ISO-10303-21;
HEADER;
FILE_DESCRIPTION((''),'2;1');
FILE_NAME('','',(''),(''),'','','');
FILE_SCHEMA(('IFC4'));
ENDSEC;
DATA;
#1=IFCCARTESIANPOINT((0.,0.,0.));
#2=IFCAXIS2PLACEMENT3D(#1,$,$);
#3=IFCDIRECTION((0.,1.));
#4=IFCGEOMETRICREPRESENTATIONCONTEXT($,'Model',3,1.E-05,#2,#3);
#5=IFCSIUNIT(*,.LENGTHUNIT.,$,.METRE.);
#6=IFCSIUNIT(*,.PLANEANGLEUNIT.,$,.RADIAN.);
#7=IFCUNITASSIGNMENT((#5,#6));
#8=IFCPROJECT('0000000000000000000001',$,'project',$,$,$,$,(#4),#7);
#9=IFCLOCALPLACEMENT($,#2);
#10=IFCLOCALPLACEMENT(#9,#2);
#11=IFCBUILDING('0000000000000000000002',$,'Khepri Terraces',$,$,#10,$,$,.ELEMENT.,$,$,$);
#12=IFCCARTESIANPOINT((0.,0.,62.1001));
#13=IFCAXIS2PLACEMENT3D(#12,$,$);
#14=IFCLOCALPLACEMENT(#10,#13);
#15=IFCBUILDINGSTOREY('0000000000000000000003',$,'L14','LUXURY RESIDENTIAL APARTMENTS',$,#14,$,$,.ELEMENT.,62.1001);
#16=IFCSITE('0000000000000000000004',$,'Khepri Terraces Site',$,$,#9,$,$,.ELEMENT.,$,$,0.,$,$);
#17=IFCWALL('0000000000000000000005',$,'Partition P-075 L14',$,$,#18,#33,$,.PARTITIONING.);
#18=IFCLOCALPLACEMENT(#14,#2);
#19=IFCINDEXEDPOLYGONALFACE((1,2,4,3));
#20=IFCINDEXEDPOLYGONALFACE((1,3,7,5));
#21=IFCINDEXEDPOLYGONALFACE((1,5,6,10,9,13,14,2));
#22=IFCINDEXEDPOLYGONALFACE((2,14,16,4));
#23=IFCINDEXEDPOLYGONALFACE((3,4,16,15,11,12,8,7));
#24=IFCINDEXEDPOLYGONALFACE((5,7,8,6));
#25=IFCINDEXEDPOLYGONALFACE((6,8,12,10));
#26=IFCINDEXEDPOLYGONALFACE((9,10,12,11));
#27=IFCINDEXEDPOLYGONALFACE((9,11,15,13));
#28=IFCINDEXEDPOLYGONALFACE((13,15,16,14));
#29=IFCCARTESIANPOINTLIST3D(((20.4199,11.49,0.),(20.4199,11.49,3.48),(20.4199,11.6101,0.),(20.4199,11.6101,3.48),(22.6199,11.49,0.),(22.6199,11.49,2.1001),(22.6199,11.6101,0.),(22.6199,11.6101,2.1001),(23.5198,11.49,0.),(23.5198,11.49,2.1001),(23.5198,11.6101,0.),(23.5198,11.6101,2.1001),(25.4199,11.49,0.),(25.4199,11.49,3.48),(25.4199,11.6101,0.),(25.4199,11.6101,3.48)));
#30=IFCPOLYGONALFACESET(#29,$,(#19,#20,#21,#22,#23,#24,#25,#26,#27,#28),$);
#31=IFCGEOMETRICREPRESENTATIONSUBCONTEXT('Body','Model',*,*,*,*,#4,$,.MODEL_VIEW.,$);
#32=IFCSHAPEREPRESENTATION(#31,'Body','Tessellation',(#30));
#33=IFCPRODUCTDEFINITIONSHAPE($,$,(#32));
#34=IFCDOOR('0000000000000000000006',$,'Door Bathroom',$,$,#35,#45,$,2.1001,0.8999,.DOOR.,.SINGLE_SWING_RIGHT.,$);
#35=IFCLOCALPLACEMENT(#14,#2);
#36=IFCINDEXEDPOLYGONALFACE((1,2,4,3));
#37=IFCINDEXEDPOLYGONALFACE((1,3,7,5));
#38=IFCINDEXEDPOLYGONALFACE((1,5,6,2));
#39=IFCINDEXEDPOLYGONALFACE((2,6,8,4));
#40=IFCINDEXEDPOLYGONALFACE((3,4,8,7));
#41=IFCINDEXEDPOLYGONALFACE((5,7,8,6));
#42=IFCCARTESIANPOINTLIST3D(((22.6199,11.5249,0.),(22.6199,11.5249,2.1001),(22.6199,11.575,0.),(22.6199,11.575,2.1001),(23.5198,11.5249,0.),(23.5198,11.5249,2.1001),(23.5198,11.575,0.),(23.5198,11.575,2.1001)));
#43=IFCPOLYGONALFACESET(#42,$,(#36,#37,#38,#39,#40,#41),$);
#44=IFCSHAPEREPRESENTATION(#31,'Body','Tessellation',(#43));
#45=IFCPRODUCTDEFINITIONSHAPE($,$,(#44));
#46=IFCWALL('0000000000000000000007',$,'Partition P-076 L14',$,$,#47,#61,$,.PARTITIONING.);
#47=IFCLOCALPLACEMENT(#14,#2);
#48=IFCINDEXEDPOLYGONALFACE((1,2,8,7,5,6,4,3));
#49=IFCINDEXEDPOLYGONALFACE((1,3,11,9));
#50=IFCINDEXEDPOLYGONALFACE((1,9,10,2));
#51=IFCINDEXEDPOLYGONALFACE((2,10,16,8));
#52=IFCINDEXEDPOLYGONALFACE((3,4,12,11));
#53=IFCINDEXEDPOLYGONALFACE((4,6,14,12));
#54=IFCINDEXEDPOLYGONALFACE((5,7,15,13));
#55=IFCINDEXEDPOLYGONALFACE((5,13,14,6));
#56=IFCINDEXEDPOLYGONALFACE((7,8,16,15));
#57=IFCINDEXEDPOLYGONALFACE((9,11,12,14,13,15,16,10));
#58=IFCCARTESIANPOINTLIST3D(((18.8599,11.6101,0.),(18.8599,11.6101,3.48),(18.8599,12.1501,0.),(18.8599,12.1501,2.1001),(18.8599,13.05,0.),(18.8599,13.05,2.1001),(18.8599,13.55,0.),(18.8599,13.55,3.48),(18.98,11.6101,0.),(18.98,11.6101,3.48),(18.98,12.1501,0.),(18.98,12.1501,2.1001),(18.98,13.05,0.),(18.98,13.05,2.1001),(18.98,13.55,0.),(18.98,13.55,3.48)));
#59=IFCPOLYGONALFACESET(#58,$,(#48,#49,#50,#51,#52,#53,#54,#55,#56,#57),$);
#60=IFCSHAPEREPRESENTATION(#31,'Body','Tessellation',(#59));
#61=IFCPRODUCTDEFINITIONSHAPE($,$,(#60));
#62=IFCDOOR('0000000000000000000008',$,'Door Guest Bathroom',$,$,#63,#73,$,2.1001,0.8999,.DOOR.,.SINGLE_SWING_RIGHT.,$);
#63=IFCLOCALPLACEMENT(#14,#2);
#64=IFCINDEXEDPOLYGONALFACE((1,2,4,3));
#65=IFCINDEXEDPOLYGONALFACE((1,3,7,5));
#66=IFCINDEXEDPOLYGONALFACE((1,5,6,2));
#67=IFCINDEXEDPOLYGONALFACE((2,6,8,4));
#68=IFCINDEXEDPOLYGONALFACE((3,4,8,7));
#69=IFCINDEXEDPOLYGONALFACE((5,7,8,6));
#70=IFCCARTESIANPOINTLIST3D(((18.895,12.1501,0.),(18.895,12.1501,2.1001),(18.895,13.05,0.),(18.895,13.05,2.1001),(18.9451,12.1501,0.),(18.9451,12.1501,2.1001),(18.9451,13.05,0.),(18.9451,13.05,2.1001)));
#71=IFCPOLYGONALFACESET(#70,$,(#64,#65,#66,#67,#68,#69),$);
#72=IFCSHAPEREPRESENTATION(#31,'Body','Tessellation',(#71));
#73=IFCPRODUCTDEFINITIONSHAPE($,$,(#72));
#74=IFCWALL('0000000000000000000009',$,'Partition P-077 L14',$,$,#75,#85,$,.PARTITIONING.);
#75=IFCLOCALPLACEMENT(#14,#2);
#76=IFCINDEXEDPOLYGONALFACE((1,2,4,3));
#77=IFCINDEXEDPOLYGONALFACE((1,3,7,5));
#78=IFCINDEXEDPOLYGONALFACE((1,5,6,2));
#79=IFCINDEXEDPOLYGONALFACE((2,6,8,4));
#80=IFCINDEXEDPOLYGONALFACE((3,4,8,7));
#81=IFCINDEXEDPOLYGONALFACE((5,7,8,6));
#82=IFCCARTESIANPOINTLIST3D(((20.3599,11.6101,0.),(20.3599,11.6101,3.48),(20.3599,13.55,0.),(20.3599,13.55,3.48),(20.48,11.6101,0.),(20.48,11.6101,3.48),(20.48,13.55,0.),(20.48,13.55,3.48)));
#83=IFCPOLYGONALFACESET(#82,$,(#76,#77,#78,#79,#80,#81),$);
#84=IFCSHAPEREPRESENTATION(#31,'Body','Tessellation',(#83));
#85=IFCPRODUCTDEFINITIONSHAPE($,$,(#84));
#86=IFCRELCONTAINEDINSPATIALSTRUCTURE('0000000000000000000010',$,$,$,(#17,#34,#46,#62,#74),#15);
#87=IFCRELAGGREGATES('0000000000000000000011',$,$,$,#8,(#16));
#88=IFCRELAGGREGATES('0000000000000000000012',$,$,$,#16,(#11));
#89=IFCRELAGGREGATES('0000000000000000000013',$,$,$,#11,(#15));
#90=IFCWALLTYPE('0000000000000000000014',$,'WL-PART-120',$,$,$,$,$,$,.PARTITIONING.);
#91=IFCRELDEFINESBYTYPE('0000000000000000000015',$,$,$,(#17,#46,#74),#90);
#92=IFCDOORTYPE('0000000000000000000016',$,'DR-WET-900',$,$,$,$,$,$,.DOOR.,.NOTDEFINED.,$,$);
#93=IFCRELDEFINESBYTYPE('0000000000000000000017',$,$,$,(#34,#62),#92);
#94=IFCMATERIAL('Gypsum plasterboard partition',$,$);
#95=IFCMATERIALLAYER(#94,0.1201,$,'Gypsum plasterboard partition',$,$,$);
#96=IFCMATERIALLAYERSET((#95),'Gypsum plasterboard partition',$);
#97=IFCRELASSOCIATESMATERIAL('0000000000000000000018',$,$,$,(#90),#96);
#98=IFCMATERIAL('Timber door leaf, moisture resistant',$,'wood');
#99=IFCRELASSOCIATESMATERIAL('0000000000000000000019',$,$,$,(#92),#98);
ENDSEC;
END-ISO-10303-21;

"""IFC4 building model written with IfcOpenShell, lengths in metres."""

from ifc_helpers import new_model, si_unit, direction, frame, frame_2d, origin, place, context, subcontext, project, spatial, rectangle, extrude, material, layer, layer_set, type_object, element, fill, save


model = new_model("IFC4")

# Units and contexts
model_context = context("Model", 3, precision=1e-05, world=origin(), true_north=direction((0.0, 1.0)))
body_context = subcontext(model_context, "Body", "Model", "MODEL_VIEW")
ifc_project = project(units=[si_unit("LENGTHUNIT", "METRE"), si_unit("PLANEANGLEUNIT", "RADIAN")], contexts=[model_context])

# Site, building, storey
site_placement = place(None, origin())
site = spatial("IfcSite", under=ifc_project, at=site_placement, Name="Khepri Terraces Site", CompositionType="ELEMENT", RefElevation=0.0)
building_placement = place(site_placement, origin())
building = spatial("IfcBuilding", under=site, at=building_placement, Name="Khepri Terraces", CompositionType="ELEMENT")
storey_placement = place(building_placement, frame((0.0, 0.0, 62.1001)))
storey = spatial("IfcBuildingStorey", under=building, at=storey_placement, Name="L14", Description="LUXURY RESIDENTIAL APARTMENTS", CompositionType="ELEMENT", Elevation=62.1001)

# Shared definitions
ifc_material_1 = material(Name="Gypsum plasterboard partition")
ifc_layer_1 = layer(ifc_material_1, 0.1201, Name="Gypsum plasterboard partition")
ifc_layer_set_1 = layer_set([ifc_layer_1], Name="Gypsum plasterboard partition")
wall_type_1 = type_object("IfcWallType", Name="WL-PART-120", PredefinedType="PARTITIONING", material=ifc_layer_set_1)
ifc_material_2 = material(Name="Timber door leaf, moisture resistant", Category="wood")
door_type_1 = type_object("IfcDoorType", Name="DR-WET-900", OperationType="NOTDEFINED", PredefinedType="DOOR", material=ifc_material_2)

# Walls, openings, doors
wall_1_placement = place(storey_placement, frame((20.4199, 11.55, 0.0), z_axis=(0.0, 0.0, 1.0), x_axis=(1.0, 0.0, 0.0)))
wall_1 = element("IfcWall", 1, at=wall_1_placement, inside=storey, type_object=wall_type_1, Name="Partition P-075 L14", PredefinedType="PARTITIONING", context=body_context, shape_type="SweptSolid", body=[
    extrude(rectangle(XDim=5.0, YDim=0.1201, at=frame_2d((2.5, 0.0))), origin(), (0.0, 0.0, 1.0), 3.48),
])
opening_1_placement = place(wall_1_placement, frame((2.2, 0.0, 0.0)))
opening_1 = element("IfcOpeningElement", 2, at=opening_1_placement, cuts=wall_1, PredefinedType="OPENING", context=body_context, shape_type="SweptSolid", body=[
    extrude(rectangle(XDim=0.8999, YDim=2.1001, at=frame_2d((0.45, 1.05))), frame((0.0, 0.0701, 0.0), z_axis=(0.0, -1.0, 0.0), x_axis=(1.0, 0.0, 0.0)), (0.0, 0.0, 1.0), 0.1401),
])
door_1_placement = place(opening_1_placement, origin())
door_1 = element("IfcDoor", 3, at=door_1_placement, inside=storey, type_object=door_type_1, Name="Door Bathroom", OperationType="SINGLE_SWING_RIGHT", OverallHeight=2.1001, OverallWidth=0.8999, PredefinedType="DOOR", context=body_context, shape_type="SweptSolid", body=[
    extrude(rectangle(XDim=0.8999, YDim=2.1001, at=frame_2d((0.45, 1.05))), frame((0.0, 0.0249, 0.0), z_axis=(0.0, -1.0, 0.0), x_axis=(1.0, 0.0, 0.0)), (0.0, 0.0, 1.0), 0.05),
])
fill(opening_1, door_1)
wall_2_placement = place(storey_placement, frame((18.9199, 11.6101, 0.0), z_axis=(0.0, 0.0, 1.0), x_axis=(0.0, 1.0, 0.0)))
wall_2 = element("IfcWall", 4, at=wall_2_placement, inside=storey, type_object=wall_type_1, Name="Partition P-076 L14", PredefinedType="PARTITIONING", context=body_context, shape_type="SweptSolid", body=[
    extrude(rectangle(XDim=1.9399, YDim=0.1201, at=frame_2d((0.97, 0.0))), origin(), (0.0, 0.0, 1.0), 3.48),
])
opening_2_placement = place(wall_2_placement, frame((0.54, 0.0, 0.0)))
opening_2 = element("IfcOpeningElement", 5, at=opening_2_placement, cuts=wall_2, PredefinedType="OPENING", context=body_context, shape_type="SweptSolid", body=[
    extrude(rectangle(XDim=0.8999, YDim=2.1001, at=frame_2d((0.45, 1.05))), frame((0.0, 0.0701, 0.0), z_axis=(0.0, -1.0, 0.0), x_axis=(1.0, 0.0, 0.0)), (0.0, 0.0, 1.0), 0.1401),
])
door_2_placement = place(opening_2_placement, origin())
door_2 = element("IfcDoor", 6, at=door_2_placement, inside=storey, type_object=door_type_1, Name="Door Guest Bathroom", OperationType="SINGLE_SWING_RIGHT", OverallHeight=2.1001, OverallWidth=0.8999, PredefinedType="DOOR", context=body_context, shape_type="SweptSolid", body=[
    extrude(rectangle(XDim=0.8999, YDim=2.1001, at=frame_2d((0.45, 1.05))), frame((0.0, 0.0249, 0.0), z_axis=(0.0, -1.0, 0.0), x_axis=(1.0, 0.0, 0.0)), (0.0, 0.0, 1.0), 0.05),
])
fill(opening_2, door_2)

# Wall
wall_3_placement = place(storey_placement, frame((20.4199, 11.6101, 0.0), z_axis=(0.0, 0.0, 1.0), x_axis=(0.0, 1.0, 0.0)))
element("IfcWall", 7, at=wall_3_placement, inside=storey, type_object=wall_type_1, Name="Partition P-077 L14", PredefinedType="PARTITIONING", context=body_context, shape_type="SweptSolid", body=[
    extrude(rectangle(XDim=1.9399, YDim=0.1201, at=frame_2d((0.97, 0.0))), origin(), (0.0, 0.0, 1.0), 3.48),
])

save(model, "model.ifc")
